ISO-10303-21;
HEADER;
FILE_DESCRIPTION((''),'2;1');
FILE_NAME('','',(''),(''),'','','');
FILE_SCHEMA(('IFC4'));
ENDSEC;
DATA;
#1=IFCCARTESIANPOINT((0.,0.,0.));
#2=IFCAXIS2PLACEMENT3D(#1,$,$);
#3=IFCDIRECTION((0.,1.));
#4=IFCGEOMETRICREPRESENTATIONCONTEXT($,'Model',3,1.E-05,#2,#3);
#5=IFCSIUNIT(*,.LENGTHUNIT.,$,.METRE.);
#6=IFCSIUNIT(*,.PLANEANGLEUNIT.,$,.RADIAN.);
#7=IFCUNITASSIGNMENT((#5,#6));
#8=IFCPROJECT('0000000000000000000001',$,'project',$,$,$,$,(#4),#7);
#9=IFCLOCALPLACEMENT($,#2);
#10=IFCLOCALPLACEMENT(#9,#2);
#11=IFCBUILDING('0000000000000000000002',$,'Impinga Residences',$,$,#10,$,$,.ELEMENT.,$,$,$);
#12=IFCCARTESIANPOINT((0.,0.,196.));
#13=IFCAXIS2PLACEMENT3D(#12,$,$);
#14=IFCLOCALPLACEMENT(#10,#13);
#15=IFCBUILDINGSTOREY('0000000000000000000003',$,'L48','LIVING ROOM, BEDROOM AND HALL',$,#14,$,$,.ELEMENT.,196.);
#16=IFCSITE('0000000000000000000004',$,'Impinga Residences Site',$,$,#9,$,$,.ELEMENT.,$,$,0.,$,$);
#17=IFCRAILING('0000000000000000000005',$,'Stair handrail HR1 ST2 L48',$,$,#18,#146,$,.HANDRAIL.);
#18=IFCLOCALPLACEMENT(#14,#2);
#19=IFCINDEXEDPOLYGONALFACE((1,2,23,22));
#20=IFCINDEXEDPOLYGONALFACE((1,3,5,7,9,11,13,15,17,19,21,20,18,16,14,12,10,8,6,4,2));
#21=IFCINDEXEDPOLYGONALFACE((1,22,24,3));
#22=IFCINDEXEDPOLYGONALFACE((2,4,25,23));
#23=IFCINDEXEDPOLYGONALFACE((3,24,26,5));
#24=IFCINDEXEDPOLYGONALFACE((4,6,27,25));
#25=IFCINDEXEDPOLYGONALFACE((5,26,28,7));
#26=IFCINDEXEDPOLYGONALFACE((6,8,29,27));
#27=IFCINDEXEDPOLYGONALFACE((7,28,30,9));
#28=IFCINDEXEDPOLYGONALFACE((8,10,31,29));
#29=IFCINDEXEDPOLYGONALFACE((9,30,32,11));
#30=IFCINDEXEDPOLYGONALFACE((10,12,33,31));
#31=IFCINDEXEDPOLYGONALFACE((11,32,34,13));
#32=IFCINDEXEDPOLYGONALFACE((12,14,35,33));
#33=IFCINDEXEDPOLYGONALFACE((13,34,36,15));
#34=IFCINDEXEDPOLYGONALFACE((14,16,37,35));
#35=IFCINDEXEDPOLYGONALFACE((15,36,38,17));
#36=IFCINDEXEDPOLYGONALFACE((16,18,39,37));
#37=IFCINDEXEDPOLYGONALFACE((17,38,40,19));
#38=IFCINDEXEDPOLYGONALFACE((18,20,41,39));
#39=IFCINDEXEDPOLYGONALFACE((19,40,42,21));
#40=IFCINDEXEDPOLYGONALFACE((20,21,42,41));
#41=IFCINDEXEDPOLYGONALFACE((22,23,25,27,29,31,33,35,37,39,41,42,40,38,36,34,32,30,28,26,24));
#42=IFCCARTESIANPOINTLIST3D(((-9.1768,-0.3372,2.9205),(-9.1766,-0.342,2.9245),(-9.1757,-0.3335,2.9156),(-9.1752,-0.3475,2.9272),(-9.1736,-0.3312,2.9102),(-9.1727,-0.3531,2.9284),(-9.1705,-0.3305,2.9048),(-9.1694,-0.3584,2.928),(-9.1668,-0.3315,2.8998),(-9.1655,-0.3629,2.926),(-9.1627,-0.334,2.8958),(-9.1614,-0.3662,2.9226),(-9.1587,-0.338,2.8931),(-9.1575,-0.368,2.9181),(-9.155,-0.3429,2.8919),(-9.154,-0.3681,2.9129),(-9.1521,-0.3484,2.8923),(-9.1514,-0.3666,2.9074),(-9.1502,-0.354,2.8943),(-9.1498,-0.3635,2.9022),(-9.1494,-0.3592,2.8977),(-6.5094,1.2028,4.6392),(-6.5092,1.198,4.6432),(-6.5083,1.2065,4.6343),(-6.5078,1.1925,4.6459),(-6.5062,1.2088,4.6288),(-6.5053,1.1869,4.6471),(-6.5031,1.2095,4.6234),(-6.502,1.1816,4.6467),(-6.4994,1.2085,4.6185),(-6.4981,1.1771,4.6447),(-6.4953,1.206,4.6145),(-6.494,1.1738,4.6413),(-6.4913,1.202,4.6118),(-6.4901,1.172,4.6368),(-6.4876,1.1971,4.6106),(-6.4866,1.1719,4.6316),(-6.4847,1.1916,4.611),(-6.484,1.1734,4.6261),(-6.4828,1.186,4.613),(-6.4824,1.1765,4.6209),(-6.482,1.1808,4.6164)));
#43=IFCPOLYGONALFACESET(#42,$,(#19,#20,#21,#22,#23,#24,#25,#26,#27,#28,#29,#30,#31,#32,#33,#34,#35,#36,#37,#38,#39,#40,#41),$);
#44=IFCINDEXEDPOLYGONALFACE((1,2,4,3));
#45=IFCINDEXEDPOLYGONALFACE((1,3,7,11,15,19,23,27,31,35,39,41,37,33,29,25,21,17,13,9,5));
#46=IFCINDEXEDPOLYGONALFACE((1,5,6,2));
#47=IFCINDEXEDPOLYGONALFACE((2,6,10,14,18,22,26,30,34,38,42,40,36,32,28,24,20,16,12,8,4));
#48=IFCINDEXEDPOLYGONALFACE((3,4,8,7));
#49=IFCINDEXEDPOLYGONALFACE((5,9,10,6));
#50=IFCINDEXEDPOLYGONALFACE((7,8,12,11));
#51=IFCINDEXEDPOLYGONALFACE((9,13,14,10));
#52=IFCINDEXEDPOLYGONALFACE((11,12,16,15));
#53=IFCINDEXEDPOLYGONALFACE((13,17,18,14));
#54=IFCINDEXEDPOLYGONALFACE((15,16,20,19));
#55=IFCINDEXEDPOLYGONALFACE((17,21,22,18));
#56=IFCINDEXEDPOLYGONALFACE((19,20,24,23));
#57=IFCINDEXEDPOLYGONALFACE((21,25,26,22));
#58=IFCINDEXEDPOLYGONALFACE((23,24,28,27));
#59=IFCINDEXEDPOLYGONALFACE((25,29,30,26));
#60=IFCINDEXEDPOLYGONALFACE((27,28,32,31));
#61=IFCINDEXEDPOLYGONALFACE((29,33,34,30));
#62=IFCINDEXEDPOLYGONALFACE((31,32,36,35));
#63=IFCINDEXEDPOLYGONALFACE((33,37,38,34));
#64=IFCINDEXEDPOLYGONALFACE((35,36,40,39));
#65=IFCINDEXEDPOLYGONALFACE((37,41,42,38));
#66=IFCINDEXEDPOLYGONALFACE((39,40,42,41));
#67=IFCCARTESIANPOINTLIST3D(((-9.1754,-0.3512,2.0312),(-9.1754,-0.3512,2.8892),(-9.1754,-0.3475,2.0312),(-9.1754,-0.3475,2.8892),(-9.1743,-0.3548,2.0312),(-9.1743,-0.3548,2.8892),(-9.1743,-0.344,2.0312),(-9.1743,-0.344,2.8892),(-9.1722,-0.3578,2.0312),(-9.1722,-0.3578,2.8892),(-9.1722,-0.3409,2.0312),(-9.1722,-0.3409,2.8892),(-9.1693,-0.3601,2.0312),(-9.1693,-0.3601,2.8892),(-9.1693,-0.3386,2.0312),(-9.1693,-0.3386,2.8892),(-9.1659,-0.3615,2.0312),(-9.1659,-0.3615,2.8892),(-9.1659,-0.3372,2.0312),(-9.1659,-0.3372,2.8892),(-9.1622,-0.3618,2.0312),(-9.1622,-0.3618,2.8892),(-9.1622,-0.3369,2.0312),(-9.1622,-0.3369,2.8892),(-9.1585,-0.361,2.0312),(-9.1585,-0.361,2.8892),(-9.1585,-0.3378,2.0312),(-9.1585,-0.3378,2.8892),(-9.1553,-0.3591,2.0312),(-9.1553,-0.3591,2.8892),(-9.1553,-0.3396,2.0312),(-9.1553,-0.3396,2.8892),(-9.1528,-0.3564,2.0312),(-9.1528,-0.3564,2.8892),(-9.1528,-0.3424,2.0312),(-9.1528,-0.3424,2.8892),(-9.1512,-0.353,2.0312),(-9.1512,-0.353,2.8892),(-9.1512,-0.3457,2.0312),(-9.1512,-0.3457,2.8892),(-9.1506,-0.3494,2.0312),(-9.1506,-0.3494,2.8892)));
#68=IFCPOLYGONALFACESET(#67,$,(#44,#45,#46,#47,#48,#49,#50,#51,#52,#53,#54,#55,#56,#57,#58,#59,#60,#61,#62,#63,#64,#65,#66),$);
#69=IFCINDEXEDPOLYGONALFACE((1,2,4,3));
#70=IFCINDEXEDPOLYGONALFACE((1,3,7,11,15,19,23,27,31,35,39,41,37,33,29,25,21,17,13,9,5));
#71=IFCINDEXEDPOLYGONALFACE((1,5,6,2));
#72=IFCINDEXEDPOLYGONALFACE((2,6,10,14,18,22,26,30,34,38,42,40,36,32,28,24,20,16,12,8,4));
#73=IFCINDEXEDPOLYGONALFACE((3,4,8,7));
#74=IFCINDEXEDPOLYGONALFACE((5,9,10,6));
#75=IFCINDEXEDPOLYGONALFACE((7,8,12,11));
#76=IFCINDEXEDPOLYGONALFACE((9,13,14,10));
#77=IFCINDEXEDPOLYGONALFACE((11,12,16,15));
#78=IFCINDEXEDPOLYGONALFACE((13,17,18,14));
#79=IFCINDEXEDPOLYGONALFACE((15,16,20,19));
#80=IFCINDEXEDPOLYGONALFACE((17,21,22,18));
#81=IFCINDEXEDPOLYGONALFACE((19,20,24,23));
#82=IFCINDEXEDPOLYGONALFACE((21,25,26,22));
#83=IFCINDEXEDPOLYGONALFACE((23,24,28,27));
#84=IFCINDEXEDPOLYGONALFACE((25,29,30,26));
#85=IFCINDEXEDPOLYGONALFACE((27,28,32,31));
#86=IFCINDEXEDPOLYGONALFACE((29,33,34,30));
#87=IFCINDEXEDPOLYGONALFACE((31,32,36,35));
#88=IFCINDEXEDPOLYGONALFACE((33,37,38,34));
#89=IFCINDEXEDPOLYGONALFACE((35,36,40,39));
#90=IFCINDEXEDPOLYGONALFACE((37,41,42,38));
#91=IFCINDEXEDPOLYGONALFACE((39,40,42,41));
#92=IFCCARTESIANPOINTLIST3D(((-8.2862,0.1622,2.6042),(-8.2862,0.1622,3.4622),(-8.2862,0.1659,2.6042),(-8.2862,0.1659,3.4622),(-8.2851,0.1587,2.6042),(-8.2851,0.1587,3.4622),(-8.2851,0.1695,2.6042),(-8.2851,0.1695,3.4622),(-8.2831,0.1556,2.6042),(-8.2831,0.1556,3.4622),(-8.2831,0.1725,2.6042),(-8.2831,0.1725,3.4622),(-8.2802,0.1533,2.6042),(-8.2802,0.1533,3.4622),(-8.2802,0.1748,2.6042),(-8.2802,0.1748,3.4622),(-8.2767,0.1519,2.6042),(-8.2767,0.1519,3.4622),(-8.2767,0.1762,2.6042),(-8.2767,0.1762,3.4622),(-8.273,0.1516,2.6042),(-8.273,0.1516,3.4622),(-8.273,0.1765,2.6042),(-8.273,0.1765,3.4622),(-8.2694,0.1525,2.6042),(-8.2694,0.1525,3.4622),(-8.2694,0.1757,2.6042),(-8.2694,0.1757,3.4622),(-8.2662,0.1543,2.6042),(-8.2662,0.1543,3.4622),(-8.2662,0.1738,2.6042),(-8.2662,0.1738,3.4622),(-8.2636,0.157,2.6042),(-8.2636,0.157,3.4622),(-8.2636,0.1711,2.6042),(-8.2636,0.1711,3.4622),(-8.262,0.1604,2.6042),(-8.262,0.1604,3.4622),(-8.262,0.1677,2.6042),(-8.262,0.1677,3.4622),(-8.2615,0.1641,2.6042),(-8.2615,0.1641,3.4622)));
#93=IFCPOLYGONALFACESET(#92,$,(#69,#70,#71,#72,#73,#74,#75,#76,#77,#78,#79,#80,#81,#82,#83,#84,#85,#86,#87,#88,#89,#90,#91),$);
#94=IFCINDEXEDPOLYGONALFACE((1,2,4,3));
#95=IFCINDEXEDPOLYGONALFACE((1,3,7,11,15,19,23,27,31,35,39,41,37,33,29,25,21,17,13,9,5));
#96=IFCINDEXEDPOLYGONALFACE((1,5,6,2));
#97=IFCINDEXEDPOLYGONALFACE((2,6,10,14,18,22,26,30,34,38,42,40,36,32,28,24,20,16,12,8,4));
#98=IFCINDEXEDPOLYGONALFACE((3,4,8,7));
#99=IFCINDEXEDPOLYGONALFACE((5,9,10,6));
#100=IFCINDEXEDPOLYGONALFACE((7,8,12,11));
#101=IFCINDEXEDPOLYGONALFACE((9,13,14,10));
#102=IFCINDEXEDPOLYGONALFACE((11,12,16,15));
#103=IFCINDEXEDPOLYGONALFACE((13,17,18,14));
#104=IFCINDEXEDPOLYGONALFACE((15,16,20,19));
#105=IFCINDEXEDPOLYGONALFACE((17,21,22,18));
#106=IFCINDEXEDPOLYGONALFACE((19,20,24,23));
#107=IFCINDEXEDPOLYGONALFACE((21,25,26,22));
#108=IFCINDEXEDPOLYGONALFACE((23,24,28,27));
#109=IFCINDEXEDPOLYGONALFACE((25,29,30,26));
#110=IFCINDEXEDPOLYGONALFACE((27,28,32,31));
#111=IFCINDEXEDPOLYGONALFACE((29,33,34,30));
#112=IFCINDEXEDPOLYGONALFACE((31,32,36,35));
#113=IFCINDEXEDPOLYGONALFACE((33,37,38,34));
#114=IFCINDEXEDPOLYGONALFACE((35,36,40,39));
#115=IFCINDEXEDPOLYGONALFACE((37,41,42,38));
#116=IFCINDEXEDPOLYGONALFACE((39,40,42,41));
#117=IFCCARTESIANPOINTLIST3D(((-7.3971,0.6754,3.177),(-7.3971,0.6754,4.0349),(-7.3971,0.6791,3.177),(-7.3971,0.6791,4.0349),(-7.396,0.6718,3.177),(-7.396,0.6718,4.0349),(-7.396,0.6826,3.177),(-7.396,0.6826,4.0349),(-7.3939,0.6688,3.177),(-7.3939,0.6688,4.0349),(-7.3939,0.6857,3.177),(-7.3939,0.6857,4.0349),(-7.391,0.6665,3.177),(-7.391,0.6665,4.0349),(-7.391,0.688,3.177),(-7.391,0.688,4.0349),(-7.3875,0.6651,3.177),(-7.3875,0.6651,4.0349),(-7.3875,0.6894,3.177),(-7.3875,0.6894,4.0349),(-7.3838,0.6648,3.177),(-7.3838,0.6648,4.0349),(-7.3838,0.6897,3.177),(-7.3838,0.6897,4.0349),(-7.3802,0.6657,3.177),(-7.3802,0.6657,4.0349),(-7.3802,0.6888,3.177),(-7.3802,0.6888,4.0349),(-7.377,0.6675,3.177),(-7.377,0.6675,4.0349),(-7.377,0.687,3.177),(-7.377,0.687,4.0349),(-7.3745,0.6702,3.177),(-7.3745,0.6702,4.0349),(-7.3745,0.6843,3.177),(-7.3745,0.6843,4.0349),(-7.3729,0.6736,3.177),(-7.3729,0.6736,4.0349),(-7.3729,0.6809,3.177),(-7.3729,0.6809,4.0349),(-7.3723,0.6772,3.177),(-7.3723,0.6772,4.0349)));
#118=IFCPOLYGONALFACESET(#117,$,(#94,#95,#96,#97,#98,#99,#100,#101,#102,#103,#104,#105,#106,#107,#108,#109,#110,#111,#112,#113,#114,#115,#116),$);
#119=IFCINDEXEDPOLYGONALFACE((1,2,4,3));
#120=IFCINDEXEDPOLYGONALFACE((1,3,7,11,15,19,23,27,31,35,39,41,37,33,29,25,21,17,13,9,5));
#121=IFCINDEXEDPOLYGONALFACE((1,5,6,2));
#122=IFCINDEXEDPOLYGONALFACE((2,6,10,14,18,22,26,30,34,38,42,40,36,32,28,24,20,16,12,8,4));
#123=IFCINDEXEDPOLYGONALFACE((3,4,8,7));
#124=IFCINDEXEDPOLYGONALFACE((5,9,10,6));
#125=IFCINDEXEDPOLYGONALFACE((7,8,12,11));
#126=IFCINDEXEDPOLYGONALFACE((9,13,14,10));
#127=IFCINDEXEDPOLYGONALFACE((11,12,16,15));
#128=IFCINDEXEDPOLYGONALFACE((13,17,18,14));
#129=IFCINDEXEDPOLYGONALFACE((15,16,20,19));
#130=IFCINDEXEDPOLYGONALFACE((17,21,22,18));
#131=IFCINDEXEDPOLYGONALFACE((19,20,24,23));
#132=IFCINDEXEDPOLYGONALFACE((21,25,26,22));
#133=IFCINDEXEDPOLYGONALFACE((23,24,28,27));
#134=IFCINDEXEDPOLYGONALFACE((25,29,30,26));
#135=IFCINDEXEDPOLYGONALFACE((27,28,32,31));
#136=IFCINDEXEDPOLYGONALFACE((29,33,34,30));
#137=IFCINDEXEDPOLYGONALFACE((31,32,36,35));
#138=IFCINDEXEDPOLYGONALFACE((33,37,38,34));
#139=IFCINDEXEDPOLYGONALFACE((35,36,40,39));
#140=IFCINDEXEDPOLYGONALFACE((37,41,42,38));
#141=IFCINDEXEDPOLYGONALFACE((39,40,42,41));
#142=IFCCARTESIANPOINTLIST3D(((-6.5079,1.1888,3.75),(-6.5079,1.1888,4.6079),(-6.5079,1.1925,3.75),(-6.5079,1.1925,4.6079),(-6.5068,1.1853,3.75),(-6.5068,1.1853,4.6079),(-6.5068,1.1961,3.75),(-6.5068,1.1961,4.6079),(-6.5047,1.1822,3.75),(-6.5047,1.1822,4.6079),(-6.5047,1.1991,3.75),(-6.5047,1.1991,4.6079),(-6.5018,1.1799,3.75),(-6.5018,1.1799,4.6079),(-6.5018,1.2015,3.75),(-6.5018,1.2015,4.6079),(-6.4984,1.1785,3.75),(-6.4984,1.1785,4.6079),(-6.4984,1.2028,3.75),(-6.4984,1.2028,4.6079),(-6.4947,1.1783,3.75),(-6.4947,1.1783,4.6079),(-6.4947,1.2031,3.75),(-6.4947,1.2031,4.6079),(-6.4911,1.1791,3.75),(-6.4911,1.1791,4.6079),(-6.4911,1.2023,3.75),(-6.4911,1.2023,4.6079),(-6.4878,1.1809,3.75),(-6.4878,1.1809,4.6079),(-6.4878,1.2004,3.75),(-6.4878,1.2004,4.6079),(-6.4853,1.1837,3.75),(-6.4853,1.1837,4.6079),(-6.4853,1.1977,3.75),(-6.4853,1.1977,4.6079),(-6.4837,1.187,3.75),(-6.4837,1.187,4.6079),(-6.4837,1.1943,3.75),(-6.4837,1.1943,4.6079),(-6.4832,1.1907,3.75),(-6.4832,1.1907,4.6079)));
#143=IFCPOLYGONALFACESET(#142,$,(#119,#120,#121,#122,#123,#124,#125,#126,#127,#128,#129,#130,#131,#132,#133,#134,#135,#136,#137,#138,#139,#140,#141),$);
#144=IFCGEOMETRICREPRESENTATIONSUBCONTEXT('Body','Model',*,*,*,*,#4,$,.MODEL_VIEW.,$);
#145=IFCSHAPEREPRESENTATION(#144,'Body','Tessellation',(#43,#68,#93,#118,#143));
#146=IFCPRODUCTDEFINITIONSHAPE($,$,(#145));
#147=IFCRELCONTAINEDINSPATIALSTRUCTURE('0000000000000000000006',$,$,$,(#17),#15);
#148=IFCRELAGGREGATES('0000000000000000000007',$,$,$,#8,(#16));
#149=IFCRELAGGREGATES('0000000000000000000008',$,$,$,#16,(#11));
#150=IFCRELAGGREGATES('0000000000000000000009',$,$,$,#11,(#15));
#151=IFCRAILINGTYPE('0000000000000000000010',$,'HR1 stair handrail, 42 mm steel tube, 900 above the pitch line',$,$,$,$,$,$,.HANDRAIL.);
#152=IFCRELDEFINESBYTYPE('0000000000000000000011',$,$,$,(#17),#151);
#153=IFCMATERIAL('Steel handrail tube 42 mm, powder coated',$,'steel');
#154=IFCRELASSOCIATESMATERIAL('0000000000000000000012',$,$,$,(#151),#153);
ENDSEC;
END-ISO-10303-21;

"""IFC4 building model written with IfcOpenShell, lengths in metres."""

from ifc_helpers import new_model, si_unit, direction, frame, origin, origin_2d, place, context, subcontext, project, spatial, circle, extrude, material, type_object, element, save


model = new_model("IFC4")

# Units and contexts
model_context = context("Model", 3, precision=1e-05, world=origin(), true_north=direction((0.0, 1.0)))
body_context = subcontext(model_context, "Body", "Model", "MODEL_VIEW")
ifc_project = project(units=[si_unit("LENGTHUNIT", "METRE"), si_unit("PLANEANGLEUNIT", "RADIAN")], contexts=[model_context])

# Site, building, storey
site_placement = place(None, origin())
site = spatial("IfcSite", under=ifc_project, at=site_placement, Name="Impinga Residences Site", CompositionType="ELEMENT", RefElevation=0.0)
building_placement = place(site_placement, origin())
building = spatial("IfcBuilding", under=site, at=building_placement, Name="Impinga Residences", CompositionType="ELEMENT")
storey_placement = place(building_placement, frame((0.0, 0.0, 196.0)))
storey = spatial("IfcBuildingStorey", under=building, at=storey_placement, Name="L48", Description="LIVING ROOM, BEDROOM AND HALL", CompositionType="ELEMENT", Elevation=196.0)

# Railing
ifc_material_1 = material(Name="Steel handrail tube 42 mm, powder coated", Category="steel")
railing_type_1 = type_object("IfcRailingType", Name="HR1 stair handrail, 42 mm steel tube, 900 above the pitch line", PredefinedType="HANDRAIL", material=ifc_material_1)
railing_1_placement = place(storey_placement, frame((-9.1631, -0.3494, 2.0312)))
element("IfcRailing", 1, at=railing_1_placement, inside=storey, type_object=railing_type_1, Name="Stair handrail HR1 ST2 L48", PredefinedType="HANDRAIL", context=body_context, shape_type="SweptSolid", body=[
    extrude(circle(Radius=0.021, at=origin_2d()), frame((0.0, 0.0, 0.8789), z_axis=(0.756256, 0.436616, 0.487282), x_axis=(-0.499992, 0.86603, 0.0)), (0.0, 0.0, 1.0), 3.5271),
    extrude(circle(Radius=0.0125, at=origin_2d()), origin(), (0.0, 0.0, 1.0), 0.8579),
    extrude(circle(Radius=0.0125, at=origin_2d()), frame((0.8892, 0.5134, 0.573)), (0.0, 0.0, 1.0), 0.8579),
    extrude(circle(Radius=0.0125, at=origin_2d()), frame((1.7783, 1.0266, 1.1458)), (0.0, 0.0, 1.0), 0.8579),
    extrude(circle(Radius=0.0125, at=origin_2d()), frame((2.6675, 1.54, 1.7188)), (0.0, 0.0, 1.0), 0.8579),
])

save(model, "model.ifc")
